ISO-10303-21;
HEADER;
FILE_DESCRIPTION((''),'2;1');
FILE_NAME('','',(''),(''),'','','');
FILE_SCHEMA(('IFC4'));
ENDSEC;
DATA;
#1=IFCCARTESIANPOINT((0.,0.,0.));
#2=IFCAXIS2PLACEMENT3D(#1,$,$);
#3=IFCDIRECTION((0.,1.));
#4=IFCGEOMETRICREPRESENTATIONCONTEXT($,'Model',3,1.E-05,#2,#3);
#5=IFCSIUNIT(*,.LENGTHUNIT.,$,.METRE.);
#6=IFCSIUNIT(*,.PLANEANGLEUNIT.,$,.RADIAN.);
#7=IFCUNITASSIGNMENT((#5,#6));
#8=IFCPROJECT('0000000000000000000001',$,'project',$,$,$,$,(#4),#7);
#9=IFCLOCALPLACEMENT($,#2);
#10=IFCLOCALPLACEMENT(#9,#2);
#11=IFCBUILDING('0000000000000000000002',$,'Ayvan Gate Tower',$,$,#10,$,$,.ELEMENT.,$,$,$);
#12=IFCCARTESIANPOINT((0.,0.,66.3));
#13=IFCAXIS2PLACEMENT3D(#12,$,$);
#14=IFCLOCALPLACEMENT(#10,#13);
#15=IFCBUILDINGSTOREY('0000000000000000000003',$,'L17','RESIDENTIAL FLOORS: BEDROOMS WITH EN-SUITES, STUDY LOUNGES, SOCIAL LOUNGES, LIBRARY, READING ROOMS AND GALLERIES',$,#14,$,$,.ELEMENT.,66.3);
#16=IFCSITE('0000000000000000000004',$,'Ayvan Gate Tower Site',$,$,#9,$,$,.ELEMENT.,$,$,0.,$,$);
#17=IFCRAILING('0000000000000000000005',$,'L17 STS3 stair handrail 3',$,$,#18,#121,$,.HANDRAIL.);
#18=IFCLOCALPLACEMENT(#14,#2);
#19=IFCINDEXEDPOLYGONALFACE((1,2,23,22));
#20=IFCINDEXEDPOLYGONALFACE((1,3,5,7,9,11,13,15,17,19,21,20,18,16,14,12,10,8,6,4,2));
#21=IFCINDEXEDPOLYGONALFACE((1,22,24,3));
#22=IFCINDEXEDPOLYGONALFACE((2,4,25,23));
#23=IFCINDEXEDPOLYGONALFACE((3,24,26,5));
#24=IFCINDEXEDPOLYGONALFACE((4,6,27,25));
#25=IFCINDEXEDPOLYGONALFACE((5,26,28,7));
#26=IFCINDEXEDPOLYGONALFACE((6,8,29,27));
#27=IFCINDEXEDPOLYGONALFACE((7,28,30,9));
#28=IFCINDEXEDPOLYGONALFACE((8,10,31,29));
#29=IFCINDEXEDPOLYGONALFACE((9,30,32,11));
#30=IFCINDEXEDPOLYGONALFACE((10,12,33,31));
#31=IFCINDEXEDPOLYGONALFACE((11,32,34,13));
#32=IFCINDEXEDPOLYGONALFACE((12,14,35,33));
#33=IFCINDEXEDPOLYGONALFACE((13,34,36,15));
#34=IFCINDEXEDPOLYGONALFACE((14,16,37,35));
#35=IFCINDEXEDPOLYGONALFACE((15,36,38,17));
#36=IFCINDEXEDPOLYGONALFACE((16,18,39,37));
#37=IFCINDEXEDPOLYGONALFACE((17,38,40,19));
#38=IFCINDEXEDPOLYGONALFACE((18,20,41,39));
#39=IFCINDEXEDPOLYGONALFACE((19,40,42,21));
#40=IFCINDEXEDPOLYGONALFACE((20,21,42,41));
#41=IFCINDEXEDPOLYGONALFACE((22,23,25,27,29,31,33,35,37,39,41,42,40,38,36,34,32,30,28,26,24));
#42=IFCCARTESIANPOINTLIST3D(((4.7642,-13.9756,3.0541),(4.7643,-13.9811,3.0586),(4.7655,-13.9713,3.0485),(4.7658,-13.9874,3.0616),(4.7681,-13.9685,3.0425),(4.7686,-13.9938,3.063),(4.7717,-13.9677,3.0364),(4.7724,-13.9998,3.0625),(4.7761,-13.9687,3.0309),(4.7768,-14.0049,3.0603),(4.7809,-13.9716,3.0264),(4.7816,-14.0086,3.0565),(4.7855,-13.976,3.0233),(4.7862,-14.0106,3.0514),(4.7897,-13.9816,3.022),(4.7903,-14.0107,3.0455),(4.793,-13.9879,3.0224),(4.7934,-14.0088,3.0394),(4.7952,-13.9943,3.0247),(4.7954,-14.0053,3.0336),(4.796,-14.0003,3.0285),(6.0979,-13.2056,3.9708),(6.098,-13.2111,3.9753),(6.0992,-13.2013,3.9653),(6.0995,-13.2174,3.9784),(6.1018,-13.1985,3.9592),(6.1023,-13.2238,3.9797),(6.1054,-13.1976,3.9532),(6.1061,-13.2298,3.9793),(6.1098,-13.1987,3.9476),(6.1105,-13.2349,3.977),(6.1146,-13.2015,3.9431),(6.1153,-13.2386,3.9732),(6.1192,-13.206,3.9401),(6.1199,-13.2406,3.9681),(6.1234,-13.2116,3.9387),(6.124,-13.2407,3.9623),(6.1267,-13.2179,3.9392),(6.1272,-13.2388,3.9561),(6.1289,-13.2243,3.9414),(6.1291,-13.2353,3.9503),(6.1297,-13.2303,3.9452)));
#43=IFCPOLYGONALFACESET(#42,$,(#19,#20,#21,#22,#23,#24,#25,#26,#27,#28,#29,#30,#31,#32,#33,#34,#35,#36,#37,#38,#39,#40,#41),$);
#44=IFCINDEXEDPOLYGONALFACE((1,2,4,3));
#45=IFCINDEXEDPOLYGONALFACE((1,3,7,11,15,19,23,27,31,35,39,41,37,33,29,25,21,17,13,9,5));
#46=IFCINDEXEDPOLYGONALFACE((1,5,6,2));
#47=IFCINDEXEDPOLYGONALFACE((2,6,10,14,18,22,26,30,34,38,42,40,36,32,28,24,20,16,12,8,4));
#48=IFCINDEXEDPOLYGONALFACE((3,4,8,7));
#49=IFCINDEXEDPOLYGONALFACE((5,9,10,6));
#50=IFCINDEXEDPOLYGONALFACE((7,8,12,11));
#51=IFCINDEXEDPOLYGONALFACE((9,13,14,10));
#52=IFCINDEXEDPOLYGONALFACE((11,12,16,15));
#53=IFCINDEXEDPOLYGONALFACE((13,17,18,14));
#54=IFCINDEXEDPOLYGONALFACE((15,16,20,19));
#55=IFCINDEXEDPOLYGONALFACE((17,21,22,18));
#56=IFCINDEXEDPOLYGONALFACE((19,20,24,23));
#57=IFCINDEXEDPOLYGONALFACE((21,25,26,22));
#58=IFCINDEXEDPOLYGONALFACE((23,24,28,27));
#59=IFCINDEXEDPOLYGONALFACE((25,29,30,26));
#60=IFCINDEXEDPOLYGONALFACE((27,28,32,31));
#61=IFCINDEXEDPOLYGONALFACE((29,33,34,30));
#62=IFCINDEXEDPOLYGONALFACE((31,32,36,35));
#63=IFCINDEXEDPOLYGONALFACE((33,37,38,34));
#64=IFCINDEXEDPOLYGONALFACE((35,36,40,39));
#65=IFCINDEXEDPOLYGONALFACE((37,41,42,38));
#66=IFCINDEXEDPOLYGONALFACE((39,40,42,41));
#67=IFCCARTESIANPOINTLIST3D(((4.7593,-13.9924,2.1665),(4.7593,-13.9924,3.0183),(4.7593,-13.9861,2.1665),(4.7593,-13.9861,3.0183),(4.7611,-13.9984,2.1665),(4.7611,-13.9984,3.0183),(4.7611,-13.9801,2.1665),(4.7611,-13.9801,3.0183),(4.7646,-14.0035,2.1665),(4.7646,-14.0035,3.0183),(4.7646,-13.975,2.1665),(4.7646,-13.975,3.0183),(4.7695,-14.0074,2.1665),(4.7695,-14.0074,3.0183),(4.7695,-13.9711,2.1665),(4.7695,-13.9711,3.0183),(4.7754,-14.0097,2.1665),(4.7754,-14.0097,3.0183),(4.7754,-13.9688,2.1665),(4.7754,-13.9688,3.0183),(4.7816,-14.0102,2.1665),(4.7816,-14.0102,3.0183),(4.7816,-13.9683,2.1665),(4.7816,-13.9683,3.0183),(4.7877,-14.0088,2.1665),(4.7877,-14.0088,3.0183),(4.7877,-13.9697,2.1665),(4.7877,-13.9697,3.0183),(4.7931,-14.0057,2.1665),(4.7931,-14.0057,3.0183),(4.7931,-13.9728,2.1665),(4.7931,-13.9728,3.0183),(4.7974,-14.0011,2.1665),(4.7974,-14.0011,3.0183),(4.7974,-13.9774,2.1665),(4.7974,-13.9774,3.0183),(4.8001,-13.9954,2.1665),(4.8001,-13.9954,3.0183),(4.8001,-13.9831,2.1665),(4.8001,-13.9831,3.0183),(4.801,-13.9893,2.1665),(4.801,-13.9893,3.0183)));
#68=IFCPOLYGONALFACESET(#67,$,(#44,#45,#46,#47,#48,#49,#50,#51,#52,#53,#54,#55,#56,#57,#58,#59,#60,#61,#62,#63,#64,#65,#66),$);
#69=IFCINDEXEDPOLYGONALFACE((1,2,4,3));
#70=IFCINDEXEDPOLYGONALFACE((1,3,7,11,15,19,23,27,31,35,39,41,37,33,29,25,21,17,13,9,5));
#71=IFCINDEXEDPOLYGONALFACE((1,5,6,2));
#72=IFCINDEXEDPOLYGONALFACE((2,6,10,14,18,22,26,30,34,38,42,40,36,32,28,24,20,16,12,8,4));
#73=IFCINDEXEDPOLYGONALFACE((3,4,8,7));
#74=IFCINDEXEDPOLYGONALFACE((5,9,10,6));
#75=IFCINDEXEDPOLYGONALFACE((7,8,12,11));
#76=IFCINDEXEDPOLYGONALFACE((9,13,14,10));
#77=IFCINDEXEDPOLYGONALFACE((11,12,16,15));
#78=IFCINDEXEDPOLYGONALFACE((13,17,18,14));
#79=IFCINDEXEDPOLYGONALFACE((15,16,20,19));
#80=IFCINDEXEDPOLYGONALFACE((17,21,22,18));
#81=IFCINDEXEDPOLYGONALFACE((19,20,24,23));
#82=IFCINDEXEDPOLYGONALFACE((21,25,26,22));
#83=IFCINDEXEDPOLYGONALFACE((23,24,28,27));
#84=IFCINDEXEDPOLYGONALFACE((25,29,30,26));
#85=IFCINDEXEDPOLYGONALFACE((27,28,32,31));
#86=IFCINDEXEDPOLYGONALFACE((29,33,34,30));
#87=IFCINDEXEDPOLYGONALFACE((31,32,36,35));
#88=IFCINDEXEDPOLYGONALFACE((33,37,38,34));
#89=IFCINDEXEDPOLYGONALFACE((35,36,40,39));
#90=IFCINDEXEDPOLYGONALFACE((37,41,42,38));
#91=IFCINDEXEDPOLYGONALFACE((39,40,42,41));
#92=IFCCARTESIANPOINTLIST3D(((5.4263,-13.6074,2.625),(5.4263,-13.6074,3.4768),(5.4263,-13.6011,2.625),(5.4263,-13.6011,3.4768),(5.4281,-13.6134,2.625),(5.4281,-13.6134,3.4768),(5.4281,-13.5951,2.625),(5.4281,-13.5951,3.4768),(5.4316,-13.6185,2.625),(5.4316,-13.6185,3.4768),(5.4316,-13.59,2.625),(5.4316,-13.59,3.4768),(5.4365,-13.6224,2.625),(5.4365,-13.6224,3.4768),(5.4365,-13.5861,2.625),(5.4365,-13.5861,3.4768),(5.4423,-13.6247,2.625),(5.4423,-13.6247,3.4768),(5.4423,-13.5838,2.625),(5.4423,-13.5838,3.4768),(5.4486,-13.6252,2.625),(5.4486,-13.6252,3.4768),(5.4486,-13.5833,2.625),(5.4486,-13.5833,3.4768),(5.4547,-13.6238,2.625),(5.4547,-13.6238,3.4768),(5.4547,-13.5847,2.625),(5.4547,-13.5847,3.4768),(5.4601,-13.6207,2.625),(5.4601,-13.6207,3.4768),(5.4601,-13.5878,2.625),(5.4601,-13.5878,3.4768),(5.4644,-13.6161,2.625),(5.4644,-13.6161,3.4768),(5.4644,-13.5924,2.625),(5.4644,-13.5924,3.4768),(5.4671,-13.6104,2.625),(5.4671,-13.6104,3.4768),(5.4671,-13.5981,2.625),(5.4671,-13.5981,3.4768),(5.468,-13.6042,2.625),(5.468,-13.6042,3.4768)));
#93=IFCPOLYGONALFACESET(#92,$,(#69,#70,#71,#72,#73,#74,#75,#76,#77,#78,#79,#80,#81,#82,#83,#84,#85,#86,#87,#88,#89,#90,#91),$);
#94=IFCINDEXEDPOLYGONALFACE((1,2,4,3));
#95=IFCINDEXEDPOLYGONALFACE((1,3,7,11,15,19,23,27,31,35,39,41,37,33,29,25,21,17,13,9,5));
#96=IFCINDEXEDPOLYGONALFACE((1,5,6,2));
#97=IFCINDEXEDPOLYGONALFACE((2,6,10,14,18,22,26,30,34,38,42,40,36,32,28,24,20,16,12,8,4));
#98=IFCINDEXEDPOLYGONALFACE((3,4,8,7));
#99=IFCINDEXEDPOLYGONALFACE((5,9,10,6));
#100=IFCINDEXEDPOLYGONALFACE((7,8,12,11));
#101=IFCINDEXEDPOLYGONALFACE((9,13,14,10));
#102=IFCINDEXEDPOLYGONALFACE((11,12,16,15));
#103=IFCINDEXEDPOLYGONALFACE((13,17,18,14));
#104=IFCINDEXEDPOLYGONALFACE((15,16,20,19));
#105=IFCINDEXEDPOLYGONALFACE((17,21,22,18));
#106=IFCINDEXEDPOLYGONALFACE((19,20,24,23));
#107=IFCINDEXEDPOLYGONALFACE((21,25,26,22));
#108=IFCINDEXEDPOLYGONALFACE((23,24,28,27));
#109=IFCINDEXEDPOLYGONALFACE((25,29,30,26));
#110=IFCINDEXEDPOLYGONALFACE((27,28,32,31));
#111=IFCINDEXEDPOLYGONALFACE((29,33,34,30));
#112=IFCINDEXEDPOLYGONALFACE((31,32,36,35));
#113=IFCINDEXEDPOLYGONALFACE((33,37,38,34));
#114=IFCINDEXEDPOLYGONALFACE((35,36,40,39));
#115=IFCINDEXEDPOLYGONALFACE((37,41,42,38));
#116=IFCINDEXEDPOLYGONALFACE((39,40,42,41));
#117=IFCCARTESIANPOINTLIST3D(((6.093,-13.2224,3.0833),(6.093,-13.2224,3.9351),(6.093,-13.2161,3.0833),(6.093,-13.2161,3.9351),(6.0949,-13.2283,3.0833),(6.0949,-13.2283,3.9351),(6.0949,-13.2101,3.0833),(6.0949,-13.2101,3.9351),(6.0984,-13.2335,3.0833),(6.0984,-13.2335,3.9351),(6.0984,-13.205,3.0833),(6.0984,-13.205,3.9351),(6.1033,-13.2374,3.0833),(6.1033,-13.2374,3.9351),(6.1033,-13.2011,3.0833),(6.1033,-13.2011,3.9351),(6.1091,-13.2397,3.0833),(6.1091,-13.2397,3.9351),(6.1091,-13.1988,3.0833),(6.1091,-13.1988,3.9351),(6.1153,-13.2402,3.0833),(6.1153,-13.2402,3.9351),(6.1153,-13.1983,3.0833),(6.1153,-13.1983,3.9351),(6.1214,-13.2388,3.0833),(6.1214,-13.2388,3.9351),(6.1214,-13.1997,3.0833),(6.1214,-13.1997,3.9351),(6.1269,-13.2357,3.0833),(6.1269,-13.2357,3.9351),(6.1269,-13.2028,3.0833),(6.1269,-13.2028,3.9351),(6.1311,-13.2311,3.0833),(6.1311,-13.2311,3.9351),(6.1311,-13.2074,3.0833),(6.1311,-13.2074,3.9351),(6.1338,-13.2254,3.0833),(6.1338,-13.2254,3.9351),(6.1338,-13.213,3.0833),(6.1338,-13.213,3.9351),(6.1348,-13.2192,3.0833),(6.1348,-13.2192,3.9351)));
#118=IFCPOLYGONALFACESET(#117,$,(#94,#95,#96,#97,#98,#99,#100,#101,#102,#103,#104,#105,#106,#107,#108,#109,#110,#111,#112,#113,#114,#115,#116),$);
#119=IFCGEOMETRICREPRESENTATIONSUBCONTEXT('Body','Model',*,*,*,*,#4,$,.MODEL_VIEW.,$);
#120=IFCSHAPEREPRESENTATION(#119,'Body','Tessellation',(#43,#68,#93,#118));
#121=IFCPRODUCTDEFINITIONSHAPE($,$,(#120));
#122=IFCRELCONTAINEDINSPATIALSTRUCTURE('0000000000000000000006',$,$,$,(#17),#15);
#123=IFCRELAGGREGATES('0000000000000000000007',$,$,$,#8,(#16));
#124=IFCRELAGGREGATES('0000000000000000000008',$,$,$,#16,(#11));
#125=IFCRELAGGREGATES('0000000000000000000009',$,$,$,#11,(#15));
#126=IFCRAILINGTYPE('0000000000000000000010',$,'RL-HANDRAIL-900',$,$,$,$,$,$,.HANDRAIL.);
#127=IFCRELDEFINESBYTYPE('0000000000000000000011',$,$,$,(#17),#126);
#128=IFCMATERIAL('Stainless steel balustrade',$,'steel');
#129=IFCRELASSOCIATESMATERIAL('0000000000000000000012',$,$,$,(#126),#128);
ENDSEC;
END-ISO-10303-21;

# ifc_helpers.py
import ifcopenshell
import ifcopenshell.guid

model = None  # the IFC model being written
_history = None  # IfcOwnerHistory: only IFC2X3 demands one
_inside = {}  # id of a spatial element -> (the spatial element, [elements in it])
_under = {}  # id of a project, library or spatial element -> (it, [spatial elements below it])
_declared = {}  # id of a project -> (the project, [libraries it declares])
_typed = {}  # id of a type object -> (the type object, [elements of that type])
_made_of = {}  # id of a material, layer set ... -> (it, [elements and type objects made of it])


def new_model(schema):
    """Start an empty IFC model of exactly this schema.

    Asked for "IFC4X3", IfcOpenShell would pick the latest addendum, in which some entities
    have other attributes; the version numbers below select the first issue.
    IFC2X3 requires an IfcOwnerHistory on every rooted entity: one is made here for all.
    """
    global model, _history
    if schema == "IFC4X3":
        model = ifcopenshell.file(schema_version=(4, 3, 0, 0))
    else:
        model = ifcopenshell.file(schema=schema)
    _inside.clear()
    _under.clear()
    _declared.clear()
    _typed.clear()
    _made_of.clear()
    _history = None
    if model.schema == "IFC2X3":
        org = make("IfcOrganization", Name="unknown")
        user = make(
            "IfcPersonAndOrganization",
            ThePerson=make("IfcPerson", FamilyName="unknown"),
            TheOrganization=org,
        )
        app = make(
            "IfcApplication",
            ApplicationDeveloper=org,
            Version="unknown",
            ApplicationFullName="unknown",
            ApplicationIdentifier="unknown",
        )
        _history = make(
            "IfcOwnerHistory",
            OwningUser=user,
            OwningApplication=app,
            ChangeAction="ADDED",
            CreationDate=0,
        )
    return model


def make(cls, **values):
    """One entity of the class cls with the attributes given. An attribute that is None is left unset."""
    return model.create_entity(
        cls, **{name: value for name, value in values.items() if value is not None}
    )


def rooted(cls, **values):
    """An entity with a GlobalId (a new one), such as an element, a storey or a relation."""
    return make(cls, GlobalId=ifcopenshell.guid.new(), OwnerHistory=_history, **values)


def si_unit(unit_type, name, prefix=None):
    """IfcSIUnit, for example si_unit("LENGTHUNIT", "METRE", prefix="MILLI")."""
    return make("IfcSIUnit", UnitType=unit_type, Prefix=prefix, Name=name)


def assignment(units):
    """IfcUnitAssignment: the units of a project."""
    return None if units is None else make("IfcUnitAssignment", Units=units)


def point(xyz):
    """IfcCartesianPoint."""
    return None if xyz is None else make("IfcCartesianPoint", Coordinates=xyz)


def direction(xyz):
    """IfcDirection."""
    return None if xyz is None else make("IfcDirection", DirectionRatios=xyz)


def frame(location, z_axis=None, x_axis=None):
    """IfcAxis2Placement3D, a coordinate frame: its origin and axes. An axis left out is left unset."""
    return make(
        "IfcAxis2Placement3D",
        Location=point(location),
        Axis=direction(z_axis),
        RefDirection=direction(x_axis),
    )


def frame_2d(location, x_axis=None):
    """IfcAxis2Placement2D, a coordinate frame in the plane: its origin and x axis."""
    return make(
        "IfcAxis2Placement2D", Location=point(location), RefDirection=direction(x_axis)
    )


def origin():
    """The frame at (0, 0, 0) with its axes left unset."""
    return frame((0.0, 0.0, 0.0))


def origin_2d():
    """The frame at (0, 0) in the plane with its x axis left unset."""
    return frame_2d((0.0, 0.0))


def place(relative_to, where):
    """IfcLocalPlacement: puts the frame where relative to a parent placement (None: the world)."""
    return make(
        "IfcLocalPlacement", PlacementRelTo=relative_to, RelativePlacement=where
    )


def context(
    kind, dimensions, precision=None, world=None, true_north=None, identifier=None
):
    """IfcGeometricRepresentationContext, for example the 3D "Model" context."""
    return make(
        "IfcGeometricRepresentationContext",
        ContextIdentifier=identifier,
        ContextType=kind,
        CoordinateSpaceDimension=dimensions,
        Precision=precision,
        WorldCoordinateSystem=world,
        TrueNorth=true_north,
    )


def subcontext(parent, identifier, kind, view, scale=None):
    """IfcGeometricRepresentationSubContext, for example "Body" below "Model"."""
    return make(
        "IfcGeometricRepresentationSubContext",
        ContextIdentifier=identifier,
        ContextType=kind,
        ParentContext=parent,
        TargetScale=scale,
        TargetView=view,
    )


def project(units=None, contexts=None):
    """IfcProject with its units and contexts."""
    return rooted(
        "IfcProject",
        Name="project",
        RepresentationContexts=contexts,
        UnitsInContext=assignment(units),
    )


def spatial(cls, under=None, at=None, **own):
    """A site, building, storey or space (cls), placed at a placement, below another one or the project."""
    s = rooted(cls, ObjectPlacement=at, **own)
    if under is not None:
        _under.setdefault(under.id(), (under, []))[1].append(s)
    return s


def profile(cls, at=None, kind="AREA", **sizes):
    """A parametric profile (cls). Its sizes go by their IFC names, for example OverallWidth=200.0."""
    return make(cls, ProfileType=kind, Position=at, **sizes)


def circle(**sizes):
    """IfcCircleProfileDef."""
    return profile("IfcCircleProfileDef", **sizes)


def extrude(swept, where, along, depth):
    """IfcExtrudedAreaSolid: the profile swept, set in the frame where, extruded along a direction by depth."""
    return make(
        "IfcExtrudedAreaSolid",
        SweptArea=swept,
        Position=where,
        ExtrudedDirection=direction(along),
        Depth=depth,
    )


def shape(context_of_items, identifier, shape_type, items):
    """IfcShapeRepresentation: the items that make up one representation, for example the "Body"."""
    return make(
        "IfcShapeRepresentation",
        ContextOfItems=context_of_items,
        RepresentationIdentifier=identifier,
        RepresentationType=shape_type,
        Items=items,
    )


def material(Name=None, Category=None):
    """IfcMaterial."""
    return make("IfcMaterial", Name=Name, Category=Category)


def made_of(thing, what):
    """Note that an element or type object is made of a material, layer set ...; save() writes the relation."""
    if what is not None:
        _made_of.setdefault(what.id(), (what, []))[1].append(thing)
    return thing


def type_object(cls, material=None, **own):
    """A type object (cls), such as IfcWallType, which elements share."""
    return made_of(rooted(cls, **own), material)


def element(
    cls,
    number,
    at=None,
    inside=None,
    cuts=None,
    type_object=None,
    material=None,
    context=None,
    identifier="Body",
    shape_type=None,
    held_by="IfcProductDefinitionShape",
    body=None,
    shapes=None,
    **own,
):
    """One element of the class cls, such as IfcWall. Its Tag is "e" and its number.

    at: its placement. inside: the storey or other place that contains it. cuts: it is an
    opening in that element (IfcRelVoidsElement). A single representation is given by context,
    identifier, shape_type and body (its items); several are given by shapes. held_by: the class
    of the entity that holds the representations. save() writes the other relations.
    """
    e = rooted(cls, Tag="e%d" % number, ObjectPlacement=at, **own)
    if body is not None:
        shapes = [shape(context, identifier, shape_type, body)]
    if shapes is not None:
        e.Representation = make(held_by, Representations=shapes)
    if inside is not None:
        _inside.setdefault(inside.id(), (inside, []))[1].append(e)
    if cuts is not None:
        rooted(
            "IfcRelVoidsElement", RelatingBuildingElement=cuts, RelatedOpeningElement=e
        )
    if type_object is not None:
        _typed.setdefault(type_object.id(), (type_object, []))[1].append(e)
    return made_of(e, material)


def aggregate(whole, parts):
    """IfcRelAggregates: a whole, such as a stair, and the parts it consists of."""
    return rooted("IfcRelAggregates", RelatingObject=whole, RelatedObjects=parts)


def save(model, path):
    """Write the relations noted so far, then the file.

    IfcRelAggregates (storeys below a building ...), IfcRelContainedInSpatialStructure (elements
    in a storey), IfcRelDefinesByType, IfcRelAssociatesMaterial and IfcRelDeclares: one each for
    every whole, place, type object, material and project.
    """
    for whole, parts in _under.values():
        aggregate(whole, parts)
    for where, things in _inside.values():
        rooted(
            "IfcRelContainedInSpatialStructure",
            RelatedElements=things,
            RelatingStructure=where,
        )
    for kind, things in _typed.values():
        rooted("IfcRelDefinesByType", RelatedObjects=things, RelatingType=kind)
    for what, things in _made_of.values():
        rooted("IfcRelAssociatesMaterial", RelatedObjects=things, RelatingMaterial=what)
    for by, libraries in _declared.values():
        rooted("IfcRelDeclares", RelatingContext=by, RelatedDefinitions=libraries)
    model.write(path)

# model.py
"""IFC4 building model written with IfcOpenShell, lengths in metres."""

from ifc_helpers import new_model, si_unit, direction, frame, origin, origin_2d, place, context, subcontext, project, spatial, circle, extrude, material, type_object, element, save


model = new_model("IFC4")

# Units and contexts
model_context = context("Model", 3, precision=1e-05, world=origin(), true_north=direction((0.0, 1.0)))
body_context = subcontext(model_context, "Body", "Model", "MODEL_VIEW")
ifc_project = project(units=[si_unit("LENGTHUNIT", "METRE"), si_unit("PLANEANGLEUNIT", "RADIAN")], contexts=[model_context])

# Site, building, storey
site_placement = place(None, origin())
site = spatial("IfcSite", under=ifc_project, at=site_placement, Name="Ayvan Gate Tower Site", CompositionType="ELEMENT", RefElevation=0.0)
building_placement = place(site_placement, origin())
building = spatial("IfcBuilding", under=site, at=building_placement, Name="Ayvan Gate Tower", CompositionType="ELEMENT")
storey_placement = place(building_placement, frame((0.0, 0.0, 66.3)))
storey = spatial("IfcBuildingStorey", under=building, at=storey_placement, Name="L17", Description="RESIDENTIAL FLOORS: BEDROOMS WITH EN-SUITES, STUDY LOUNGES, SOCIAL LOUNGES, LIBRARY, READING ROOMS AND GALLERIES", CompositionType="ELEMENT", Elevation=66.3)

# Railing
ifc_material_1 = material(Name="Stainless steel balustrade", Category="steel")
railing_type_1 = type_object("IfcRailingType", Name="RL-HANDRAIL-900", PredefinedType="HANDRAIL", material=ifc_material_1)
railing_1_placement = place(storey_placement, frame((4.78, -13.9893, 2.1665)))
element("IfcRailing", 1, at=railing_1_placement, inside=storey, type_object=railing_type_1, Name="L17 STS3 stair handrail 3", PredefinedType="HANDRAIL", context=body_context, shape_type="SweptSolid", body=[
    extrude(circle(Radius=0.0239, at=origin_2d()), frame((0.0, 0.0, 0.876), z_axis=(0.744164, 0.429634, 0.511502), x_axis=(-0.499992, 0.86603, 0.0)), (0.0, 0.0, 1.0), 1.7922),
    extrude(circle(Radius=0.021, at=origin_2d()), origin(), (0.0, 0.0, 1.0), 0.8518),
    extrude(circle(Radius=0.021, at=origin_2d()), frame((0.667, 0.385, 0.4585)), (0.0, 0.0, 1.0), 0.8518),
    extrude(circle(Radius=0.021, at=origin_2d()), frame((1.3337, 0.77, 0.9167)), (0.0, 0.0, 1.0), 0.8518),
])

save(model, "model.ifc")
